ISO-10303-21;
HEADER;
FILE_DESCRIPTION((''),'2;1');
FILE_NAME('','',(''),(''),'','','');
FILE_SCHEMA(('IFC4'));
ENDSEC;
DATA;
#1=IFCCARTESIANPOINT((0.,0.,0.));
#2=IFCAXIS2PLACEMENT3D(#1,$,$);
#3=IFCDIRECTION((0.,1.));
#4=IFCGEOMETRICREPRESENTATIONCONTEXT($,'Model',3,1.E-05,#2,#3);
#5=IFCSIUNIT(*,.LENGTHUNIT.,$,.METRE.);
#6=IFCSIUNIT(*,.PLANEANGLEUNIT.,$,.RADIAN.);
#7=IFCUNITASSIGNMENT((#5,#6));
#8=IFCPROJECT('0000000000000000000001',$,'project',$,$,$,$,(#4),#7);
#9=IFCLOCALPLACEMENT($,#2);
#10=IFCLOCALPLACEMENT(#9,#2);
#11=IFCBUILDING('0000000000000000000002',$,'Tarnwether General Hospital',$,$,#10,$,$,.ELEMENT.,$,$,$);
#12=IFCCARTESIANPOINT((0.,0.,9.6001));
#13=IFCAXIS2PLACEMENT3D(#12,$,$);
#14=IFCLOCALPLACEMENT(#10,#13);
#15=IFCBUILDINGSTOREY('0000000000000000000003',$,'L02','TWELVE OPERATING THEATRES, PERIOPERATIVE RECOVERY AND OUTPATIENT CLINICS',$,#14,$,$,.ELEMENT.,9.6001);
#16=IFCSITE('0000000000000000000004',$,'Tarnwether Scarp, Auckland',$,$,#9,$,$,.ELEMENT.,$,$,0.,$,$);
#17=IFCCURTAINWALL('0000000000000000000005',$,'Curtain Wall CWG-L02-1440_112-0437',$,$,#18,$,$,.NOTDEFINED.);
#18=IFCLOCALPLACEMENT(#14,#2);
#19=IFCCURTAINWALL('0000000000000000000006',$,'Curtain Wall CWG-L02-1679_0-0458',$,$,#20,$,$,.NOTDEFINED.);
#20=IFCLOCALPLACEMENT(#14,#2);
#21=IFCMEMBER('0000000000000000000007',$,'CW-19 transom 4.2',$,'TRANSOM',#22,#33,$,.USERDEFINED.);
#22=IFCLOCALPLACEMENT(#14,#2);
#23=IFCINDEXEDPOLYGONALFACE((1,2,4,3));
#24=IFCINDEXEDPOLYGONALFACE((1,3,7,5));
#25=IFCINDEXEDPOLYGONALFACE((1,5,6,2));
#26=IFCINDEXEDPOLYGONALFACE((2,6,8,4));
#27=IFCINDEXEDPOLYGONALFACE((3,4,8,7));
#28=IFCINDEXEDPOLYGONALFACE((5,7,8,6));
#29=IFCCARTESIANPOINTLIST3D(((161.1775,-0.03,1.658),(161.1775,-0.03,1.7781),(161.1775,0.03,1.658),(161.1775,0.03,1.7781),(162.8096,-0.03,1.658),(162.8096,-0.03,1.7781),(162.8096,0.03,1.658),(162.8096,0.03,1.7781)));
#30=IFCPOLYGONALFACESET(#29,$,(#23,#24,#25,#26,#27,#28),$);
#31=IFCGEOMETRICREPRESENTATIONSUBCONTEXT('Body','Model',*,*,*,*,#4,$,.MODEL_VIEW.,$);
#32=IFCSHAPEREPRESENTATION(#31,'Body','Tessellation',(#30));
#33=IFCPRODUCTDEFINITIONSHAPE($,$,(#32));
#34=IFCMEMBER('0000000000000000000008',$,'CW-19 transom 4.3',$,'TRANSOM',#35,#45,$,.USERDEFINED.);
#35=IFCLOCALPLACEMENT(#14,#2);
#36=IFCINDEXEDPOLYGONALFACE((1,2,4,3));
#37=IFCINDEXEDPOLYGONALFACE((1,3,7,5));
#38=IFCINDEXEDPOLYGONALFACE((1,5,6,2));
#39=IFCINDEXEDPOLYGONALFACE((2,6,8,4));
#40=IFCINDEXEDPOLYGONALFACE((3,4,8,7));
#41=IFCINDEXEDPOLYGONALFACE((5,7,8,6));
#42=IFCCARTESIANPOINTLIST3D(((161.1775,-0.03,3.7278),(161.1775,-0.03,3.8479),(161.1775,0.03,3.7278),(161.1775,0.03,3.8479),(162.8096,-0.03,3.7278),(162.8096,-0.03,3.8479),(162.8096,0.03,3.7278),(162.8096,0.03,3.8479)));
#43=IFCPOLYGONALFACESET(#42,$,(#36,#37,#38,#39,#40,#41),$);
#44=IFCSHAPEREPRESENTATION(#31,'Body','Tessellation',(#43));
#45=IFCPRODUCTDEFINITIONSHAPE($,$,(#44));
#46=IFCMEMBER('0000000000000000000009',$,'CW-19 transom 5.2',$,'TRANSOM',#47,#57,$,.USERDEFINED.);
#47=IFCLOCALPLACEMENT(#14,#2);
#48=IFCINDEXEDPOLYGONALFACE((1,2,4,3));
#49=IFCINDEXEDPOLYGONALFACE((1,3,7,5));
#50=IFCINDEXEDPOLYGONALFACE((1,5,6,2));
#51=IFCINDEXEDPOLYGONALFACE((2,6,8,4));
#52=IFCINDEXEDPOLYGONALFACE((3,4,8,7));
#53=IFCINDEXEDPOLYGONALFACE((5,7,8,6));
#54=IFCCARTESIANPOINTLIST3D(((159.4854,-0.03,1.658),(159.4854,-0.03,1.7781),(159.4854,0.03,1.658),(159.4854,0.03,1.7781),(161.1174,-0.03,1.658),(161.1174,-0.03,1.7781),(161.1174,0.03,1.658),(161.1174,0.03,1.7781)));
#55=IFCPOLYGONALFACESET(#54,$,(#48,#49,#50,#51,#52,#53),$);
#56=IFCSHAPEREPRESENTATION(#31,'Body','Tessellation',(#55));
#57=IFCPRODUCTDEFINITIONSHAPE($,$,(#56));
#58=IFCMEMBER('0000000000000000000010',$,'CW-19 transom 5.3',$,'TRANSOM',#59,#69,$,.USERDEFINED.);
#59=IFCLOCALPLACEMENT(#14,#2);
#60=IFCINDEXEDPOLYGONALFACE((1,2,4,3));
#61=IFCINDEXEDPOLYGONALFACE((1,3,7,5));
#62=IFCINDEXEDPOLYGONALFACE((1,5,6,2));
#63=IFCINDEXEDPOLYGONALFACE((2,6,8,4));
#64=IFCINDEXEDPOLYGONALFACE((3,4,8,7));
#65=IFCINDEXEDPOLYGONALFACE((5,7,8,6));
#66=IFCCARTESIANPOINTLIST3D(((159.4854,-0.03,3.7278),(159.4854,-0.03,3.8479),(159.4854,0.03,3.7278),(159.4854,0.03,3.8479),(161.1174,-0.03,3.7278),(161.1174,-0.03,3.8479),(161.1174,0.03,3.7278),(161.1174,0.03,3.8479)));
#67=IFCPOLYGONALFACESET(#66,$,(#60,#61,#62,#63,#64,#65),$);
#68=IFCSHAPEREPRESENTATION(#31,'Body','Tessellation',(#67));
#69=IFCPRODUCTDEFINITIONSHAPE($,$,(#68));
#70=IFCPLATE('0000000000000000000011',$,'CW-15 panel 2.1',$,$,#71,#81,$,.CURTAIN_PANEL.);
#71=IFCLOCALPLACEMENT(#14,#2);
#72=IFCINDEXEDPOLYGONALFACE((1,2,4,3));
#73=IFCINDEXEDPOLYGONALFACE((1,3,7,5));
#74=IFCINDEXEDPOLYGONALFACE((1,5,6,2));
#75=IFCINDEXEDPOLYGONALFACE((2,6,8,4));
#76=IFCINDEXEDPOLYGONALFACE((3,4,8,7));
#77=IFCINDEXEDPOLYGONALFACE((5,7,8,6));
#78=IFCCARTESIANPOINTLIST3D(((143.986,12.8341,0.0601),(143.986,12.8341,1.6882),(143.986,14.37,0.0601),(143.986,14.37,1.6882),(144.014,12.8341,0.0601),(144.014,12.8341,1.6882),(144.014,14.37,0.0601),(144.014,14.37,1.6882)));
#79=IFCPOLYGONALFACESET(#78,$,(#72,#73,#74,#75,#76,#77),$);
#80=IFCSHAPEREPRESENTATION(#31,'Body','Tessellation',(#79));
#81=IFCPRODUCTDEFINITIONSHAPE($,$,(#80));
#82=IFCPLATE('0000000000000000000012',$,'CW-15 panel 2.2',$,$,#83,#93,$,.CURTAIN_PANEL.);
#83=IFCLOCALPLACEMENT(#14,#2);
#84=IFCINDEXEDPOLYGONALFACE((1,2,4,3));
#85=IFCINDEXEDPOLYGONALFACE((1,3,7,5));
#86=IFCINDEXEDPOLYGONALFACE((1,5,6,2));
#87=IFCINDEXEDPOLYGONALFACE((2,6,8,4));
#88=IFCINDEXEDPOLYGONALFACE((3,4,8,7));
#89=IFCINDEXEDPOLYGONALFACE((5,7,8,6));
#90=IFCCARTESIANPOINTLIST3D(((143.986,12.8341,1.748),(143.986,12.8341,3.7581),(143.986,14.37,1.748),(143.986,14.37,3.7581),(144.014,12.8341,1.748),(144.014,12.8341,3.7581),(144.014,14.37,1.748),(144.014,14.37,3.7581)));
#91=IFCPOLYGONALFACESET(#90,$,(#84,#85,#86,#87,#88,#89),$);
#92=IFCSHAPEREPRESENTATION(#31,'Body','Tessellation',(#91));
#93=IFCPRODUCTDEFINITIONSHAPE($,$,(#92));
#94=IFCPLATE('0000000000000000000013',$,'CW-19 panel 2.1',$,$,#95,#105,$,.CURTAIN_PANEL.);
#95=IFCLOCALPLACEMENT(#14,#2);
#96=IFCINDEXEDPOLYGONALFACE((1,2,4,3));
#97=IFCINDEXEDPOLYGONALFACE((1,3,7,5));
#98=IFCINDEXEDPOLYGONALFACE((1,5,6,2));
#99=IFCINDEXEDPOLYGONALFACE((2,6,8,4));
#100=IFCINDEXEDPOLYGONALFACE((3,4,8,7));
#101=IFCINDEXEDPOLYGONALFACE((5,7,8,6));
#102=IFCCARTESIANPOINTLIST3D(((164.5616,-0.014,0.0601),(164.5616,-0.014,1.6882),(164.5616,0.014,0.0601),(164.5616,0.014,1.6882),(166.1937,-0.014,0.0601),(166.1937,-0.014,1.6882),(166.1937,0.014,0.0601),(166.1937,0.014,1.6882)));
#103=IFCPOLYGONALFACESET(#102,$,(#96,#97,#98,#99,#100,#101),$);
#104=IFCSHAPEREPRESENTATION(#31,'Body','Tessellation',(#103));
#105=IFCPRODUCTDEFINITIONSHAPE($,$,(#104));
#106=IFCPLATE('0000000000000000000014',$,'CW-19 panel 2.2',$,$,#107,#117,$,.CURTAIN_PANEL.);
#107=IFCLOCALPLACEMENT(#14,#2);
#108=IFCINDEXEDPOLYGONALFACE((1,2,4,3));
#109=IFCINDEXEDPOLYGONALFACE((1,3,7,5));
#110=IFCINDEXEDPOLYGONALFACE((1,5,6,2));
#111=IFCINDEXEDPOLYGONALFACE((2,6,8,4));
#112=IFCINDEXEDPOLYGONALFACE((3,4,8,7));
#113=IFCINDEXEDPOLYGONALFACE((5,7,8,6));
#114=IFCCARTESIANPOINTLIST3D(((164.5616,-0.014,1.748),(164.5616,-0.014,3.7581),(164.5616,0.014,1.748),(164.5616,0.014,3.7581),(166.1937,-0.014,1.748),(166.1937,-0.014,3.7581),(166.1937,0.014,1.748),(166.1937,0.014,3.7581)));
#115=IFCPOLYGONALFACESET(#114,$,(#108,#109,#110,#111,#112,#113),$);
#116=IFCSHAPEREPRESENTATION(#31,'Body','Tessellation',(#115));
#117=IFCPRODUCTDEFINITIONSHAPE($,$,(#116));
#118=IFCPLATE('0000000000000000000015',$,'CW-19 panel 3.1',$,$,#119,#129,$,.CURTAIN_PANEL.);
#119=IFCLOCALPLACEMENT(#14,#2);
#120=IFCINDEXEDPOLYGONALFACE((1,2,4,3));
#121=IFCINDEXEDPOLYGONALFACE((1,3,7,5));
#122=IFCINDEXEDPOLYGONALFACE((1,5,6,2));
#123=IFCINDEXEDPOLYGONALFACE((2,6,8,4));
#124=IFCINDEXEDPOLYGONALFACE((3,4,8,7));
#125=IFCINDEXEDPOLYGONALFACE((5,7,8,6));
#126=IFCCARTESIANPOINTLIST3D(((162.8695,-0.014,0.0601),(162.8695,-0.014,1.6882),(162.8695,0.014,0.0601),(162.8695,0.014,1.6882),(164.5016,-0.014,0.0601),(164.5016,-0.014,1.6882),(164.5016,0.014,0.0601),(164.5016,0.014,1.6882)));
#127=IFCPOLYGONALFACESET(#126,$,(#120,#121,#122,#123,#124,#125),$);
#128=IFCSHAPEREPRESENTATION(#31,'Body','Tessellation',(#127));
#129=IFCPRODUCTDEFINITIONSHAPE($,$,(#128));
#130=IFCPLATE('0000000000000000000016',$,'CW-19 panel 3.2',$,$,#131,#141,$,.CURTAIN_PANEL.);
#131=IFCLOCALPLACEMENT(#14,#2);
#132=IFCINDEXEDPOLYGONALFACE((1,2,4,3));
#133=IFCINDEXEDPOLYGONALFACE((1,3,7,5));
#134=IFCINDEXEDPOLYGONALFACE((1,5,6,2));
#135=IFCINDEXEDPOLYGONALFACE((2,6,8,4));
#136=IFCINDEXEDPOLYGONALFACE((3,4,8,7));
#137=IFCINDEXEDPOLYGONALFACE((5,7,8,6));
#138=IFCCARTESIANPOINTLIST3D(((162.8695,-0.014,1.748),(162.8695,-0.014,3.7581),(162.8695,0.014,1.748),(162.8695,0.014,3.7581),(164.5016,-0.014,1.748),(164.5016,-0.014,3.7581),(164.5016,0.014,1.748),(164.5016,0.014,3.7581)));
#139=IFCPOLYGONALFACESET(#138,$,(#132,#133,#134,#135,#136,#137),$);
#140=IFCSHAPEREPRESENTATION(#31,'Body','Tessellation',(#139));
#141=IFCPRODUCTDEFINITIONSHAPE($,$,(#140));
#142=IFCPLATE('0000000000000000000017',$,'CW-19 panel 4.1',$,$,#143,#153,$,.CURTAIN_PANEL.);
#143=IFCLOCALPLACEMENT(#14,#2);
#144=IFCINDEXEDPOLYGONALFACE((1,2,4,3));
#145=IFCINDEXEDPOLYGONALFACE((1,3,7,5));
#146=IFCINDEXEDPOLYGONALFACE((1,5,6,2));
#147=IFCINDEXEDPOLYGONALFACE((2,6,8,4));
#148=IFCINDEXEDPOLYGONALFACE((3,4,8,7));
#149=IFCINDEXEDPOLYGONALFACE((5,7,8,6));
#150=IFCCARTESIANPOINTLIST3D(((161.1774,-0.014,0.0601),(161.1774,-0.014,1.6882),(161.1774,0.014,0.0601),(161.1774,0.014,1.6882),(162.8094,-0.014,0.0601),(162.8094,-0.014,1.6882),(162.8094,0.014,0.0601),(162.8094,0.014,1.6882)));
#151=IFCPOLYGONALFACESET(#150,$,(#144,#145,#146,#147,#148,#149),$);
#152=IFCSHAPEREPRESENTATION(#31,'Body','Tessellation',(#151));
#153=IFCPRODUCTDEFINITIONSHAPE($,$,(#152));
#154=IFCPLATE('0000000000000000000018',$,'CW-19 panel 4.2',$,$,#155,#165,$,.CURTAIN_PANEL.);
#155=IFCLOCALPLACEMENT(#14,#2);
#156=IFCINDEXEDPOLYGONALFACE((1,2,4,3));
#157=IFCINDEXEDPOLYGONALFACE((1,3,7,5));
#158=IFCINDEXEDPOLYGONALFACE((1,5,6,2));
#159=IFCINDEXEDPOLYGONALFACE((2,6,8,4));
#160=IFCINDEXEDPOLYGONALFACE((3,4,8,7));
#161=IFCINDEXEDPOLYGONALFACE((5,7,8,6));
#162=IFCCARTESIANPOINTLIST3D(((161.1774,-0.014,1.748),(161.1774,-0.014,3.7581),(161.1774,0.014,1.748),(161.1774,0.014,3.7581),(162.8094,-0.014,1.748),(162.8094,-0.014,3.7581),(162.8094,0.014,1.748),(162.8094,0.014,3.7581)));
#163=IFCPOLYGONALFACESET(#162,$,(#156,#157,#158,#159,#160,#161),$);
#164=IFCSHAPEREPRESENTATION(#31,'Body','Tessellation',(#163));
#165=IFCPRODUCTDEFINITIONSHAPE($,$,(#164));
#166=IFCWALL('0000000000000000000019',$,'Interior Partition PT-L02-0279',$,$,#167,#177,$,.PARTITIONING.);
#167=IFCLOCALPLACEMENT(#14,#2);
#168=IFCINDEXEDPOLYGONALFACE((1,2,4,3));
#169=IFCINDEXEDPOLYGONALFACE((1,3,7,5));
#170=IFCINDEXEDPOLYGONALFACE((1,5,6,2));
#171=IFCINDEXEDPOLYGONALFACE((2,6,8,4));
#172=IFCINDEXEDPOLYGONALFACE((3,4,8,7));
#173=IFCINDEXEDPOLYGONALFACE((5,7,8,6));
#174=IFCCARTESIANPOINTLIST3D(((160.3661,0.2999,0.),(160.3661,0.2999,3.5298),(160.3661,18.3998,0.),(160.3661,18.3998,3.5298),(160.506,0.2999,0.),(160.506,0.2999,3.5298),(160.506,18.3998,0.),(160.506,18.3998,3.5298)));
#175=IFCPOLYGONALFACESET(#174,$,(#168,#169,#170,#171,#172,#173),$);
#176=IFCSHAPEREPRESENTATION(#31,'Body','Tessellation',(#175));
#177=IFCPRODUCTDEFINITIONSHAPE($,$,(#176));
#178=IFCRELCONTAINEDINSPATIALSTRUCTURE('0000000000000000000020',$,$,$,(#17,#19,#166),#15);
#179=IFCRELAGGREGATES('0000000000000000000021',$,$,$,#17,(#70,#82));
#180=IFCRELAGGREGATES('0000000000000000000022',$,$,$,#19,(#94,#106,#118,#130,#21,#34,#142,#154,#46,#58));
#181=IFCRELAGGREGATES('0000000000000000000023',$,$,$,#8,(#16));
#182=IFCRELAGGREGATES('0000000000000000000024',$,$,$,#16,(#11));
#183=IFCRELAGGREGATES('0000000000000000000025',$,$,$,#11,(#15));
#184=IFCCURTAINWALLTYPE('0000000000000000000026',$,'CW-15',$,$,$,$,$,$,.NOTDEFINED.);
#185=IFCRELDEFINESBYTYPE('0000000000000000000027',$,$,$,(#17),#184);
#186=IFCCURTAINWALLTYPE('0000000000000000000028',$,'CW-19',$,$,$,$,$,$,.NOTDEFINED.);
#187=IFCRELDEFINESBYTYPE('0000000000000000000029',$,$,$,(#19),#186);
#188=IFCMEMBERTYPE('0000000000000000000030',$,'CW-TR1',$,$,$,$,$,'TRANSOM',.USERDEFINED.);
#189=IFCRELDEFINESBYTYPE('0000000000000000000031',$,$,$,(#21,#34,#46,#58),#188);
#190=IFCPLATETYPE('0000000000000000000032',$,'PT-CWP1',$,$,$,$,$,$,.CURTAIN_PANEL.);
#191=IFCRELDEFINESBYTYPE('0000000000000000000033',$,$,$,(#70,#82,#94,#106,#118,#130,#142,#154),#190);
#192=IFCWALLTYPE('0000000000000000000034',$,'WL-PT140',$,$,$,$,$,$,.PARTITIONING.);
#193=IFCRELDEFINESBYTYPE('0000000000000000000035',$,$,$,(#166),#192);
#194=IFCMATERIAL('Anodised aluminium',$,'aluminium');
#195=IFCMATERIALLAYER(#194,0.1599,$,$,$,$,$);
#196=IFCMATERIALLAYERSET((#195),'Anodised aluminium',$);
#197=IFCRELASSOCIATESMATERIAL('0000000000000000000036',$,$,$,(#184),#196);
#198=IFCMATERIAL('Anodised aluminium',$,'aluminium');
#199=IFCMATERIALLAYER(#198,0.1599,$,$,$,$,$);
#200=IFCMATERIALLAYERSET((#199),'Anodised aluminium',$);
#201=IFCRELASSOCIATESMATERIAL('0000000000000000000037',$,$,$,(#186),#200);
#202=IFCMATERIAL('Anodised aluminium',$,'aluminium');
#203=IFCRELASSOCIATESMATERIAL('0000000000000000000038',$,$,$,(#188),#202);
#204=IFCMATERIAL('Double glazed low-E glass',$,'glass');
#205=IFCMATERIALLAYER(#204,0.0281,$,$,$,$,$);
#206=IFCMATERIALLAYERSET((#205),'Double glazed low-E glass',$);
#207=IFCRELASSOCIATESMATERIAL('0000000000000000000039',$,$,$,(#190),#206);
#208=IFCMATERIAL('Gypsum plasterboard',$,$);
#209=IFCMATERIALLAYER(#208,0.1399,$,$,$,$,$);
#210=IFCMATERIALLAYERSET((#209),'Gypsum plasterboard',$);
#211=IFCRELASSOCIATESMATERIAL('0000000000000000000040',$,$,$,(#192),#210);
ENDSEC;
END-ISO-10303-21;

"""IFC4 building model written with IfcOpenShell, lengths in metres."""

from ifc_helpers import new_model, si_unit, direction, frame, frame_2d, origin, origin_2d, place, context, subcontext, project, spatial, rectangle, extrude, material, layer, layer_set, material_profile, profile_set, type_object, element, aggregate, save


model = new_model("IFC4")

# Units and contexts
model_context = context("Model", 3, precision=1e-05, world=origin(), true_north=direction((0.0, 1.0)))
body_context = subcontext(model_context, "Body", "Model", "MODEL_VIEW")
ifc_project = project(units=[si_unit("LENGTHUNIT", "METRE"), si_unit("PLANEANGLEUNIT", "RADIAN")], contexts=[model_context])

# Site, building, storey
site_placement = place(None, origin())
site = spatial("IfcSite", under=ifc_project, at=site_placement, Name="Tarnwether Scarp, Auckland", CompositionType="ELEMENT", RefElevation=0.0)
building_placement = place(site_placement, origin())
building = spatial("IfcBuilding", under=site, at=building_placement, Name="Tarnwether General Hospital", CompositionType="ELEMENT")
storey_placement = place(building_placement, frame((0.0, 0.0, 9.6001)))
storey = spatial("IfcBuildingStorey", under=building, at=storey_placement, Name="L02", Description="TWELVE OPERATING THEATRES, PERIOPERATIVE RECOVERY AND OUTPATIENT CLINICS", CompositionType="ELEMENT", Elevation=9.6001)

# Curtain wall
ifc_material_1 = material(Name="Anodised aluminium", Category="aluminium")
ifc_layer_1 = layer(ifc_material_1, 0.1599)
ifc_layer_set_1 = layer_set([ifc_layer_1], Name="Anodised aluminium")
curtain_wall_type_1 = type_object("IfcCurtainWallType", Name="CW-15", PredefinedType="NOTDEFINED", material=ifc_layer_set_1)
curtain_wall_1_placement = place(storey_placement, origin())
curtain_wall_1 = element("IfcCurtainWall", 1, at=curtain_wall_1_placement, inside=storey, type_object=curtain_wall_type_1, Name="Curtain Wall CWG-L02-1440_112-0437", PredefinedType="NOTDEFINED")

# Curtain wall
ifc_material_2 = material(Name="Anodised aluminium", Category="aluminium")
ifc_layer_2 = layer(ifc_material_2, 0.1599)
ifc_layer_set_2 = layer_set([ifc_layer_2], Name="Anodised aluminium")
curtain_wall_type_2 = type_object("IfcCurtainWallType", Name="CW-19", PredefinedType="NOTDEFINED", material=ifc_layer_set_2)
curtain_wall_2_placement = place(storey_placement, origin())
curtain_wall_2 = element("IfcCurtainWall", 2, at=curtain_wall_2_placement, inside=storey, type_object=curtain_wall_type_2, Name="Curtain Wall CWG-L02-1679_0-0458", PredefinedType="NOTDEFINED")

# Members
ifc_material_3 = material(Name="Anodised aluminium", Category="aluminium")
ifc_material_profile_1 = material_profile(ifc_material_3, rectangle(XDim=0.0601, YDim=0.1201, at=origin_2d()), Name="ALU-TRN-60x120")
ifc_profile_set_1 = profile_set([ifc_material_profile_1], Name="Anodised aluminium")
member_type_1 = type_object("IfcMemberType", Name="CW-TR1", ElementType="TRANSOM", PredefinedType="USERDEFINED", material=ifc_profile_set_1)
member_1_placement = place(storey_placement, frame((162.8096, 0.0, 1.718), z_axis=(-1.0, 0.0, 0.0), x_axis=(0.0, -1.0, 0.0)))
member_1 = element("IfcMember", 3, at=member_1_placement, type_object=member_type_1, Name="CW-19 transom 4.2", ObjectType="TRANSOM", PredefinedType="USERDEFINED", context=body_context, shape_type="SweptSolid", body=[
    extrude(rectangle(XDim=0.0601, YDim=0.1201, at=origin_2d()), origin(), (0.0, 0.0, 1.0), 1.6321),
])
member_2_placement = place(storey_placement, frame((162.8096, 0.0, 3.7878), z_axis=(-1.0, 0.0, 0.0), x_axis=(0.0, -1.0, 0.0)))
member_2 = element("IfcMember", 4, at=member_2_placement, type_object=member_type_1, Name="CW-19 transom 4.3", ObjectType="TRANSOM", PredefinedType="USERDEFINED", context=body_context, shape_type="SweptSolid", body=[
    extrude(rectangle(XDim=0.0601, YDim=0.1201, at=origin_2d()), origin(), (0.0, 0.0, 1.0), 1.6321),
])
member_3_placement = place(storey_placement, frame((161.1174, 0.0, 1.718), z_axis=(-1.0, 0.0, 0.0), x_axis=(0.0, -1.0, 0.0)))
member_3 = element("IfcMember", 5, at=member_3_placement, type_object=member_type_1, Name="CW-19 transom 5.2", ObjectType="TRANSOM", PredefinedType="USERDEFINED", context=body_context, shape_type="SweptSolid", body=[
    extrude(rectangle(XDim=0.0601, YDim=0.1201, at=origin_2d()), origin(), (0.0, 0.0, 1.0), 1.6321),
])
member_4_placement = place(storey_placement, frame((161.1174, 0.0, 3.7878), z_axis=(-1.0, 0.0, 0.0), x_axis=(0.0, -1.0, 0.0)))
member_4 = element("IfcMember", 6, at=member_4_placement, type_object=member_type_1, Name="CW-19 transom 5.3", ObjectType="TRANSOM", PredefinedType="USERDEFINED", context=body_context, shape_type="SweptSolid", body=[
    extrude(rectangle(XDim=0.0601, YDim=0.1201, at=origin_2d()), origin(), (0.0, 0.0, 1.0), 1.6321),
])

# Plates
ifc_material_4 = material(Name="Double glazed low-E glass", Category="glass")
ifc_layer_3 = layer(ifc_material_4, 0.0281)
ifc_layer_set_3 = layer_set([ifc_layer_3], Name="Double glazed low-E glass")
plate_type = type_object("IfcPlateType", Name="PT-CWP1", PredefinedType="CURTAIN_PANEL", material=ifc_layer_set_3)
plate_1_placement = place(storey_placement, frame((144.0, 13.6021, 0.0601), z_axis=(0.0, 0.0, 1.0), x_axis=(0.0, 1.0, 0.0)))
plate_1 = element("IfcPlate", 7, at=plate_1_placement, type_object=plate_type, Name="CW-15 panel 2.1", PredefinedType="CURTAIN_PANEL", context=body_context, shape_type="SweptSolid", body=[
    extrude(rectangle(XDim=1.5359, YDim=0.0281, at=origin_2d()), origin(), (0.0, 0.0, 1.0), 1.6282),
])
plate_2_placement = place(storey_placement, frame((144.0, 13.6021, 1.748), z_axis=(0.0, 0.0, 1.0), x_axis=(0.0, 1.0, 0.0)))
plate_2 = element("IfcPlate", 8, at=plate_2_placement, type_object=plate_type, Name="CW-15 panel 2.2", PredefinedType="CURTAIN_PANEL", context=body_context, shape_type="SweptSolid", body=[
    extrude(rectangle(XDim=1.5359, YDim=0.0281, at=origin_2d()), origin(), (0.0, 0.0, 1.0), 2.01),
])
aggregate(curtain_wall_1, [plate_1, plate_2])
plate_3_placement = place(storey_placement, frame((165.3777, 0.0, 0.0601), z_axis=(0.0, 0.0, 1.0), x_axis=(-1.0, 0.0, 0.0)))
plate_3 = element("IfcPlate", 9, at=plate_3_placement, type_object=plate_type, Name="CW-19 panel 2.1", PredefinedType="CURTAIN_PANEL", context=body_context, shape_type="SweptSolid", body=[
    extrude(rectangle(XDim=1.6321, YDim=0.0281, at=origin_2d()), origin(), (0.0, 0.0, 1.0), 1.6282),
])
plate_4_placement = place(storey_placement, frame((165.3777, 0.0, 1.748), z_axis=(0.0, 0.0, 1.0), x_axis=(-1.0, 0.0, 0.0)))
plate_4 = element("IfcPlate", 10, at=plate_4_placement, type_object=plate_type, Name="CW-19 panel 2.2", PredefinedType="CURTAIN_PANEL", context=body_context, shape_type="SweptSolid", body=[
    extrude(rectangle(XDim=1.6321, YDim=0.0281, at=origin_2d()), origin(), (0.0, 0.0, 1.0), 2.01),
])
plate_5_placement = place(storey_placement, frame((163.6855, 0.0, 0.0601), z_axis=(0.0, 0.0, 1.0), x_axis=(-1.0, 0.0, 0.0)))
plate_5 = element("IfcPlate", 11, at=plate_5_placement, type_object=plate_type, Name="CW-19 panel 3.1", PredefinedType="CURTAIN_PANEL", context=body_context, shape_type="SweptSolid", body=[
    extrude(rectangle(XDim=1.6321, YDim=0.0281, at=origin_2d()), origin(), (0.0, 0.0, 1.0), 1.6282),
])
plate_6_placement = place(storey_placement, frame((163.6855, 0.0, 1.748), z_axis=(0.0, 0.0, 1.0), x_axis=(-1.0, 0.0, 0.0)))
plate_6 = element("IfcPlate", 12, at=plate_6_placement, type_object=plate_type, Name="CW-19 panel 3.2", PredefinedType="CURTAIN_PANEL", context=body_context, shape_type="SweptSolid", body=[
    extrude(rectangle(XDim=1.6321, YDim=0.0281, at=origin_2d()), origin(), (0.0, 0.0, 1.0), 2.01),
])
plate_7_placement = place(storey_placement, frame((161.9934, 0.0, 0.0601), z_axis=(0.0, 0.0, 1.0), x_axis=(-1.0, 0.0, 0.0)))
plate_7 = element("IfcPlate", 13, at=plate_7_placement, type_object=plate_type, Name="CW-19 panel 4.1", PredefinedType="CURTAIN_PANEL", context=body_context, shape_type="SweptSolid", body=[
    extrude(rectangle(XDim=1.6321, YDim=0.0281, at=origin_2d()), origin(), (0.0, 0.0, 1.0), 1.6282),
])
plate_8_placement = place(storey_placement, frame((161.9934, 0.0, 1.748), z_axis=(0.0, 0.0, 1.0), x_axis=(-1.0, 0.0, 0.0)))
plate_8 = element("IfcPlate", 14, at=plate_8_placement, type_object=plate_type, Name="CW-19 panel 4.2", PredefinedType="CURTAIN_PANEL", context=body_context, shape_type="SweptSolid", body=[
    extrude(rectangle(XDim=1.6321, YDim=0.0281, at=origin_2d()), origin(), (0.0, 0.0, 1.0), 2.01),
])
aggregate(curtain_wall_2, [plate_3, plate_4, plate_5, plate_6, member_1, member_2, plate_7, plate_8, member_3, member_4])

# Wall
ifc_material_5 = material(Name="Gypsum plasterboard")
ifc_layer_4 = layer(ifc_material_5, 0.1399)
ifc_layer_set_4 = layer_set([ifc_layer_4], Name="Gypsum plasterboard")
wall_type = type_object("IfcWallType", Name="WL-PT140", PredefinedType="PARTITIONING", material=ifc_layer_set_4)
wall_placement = place(storey_placement, frame((160.436, 0.3, 0.0), z_axis=(0.0, 0.0, 1.0), x_axis=(0.0, 1.0, 0.0)))
element("IfcWall", 15, at=wall_placement, inside=storey, type_object=wall_type, Name="Interior Partition PT-L02-0279", PredefinedType="PARTITIONING", context=body_context, shape_type="SweptSolid", body=[
    extrude(rectangle(XDim=18.0999, YDim=0.1399, at=frame_2d((9.0498, 0.0))), origin(), (0.0, 0.0, 1.0), 3.5298),
])

save(model, "model.ifc")
